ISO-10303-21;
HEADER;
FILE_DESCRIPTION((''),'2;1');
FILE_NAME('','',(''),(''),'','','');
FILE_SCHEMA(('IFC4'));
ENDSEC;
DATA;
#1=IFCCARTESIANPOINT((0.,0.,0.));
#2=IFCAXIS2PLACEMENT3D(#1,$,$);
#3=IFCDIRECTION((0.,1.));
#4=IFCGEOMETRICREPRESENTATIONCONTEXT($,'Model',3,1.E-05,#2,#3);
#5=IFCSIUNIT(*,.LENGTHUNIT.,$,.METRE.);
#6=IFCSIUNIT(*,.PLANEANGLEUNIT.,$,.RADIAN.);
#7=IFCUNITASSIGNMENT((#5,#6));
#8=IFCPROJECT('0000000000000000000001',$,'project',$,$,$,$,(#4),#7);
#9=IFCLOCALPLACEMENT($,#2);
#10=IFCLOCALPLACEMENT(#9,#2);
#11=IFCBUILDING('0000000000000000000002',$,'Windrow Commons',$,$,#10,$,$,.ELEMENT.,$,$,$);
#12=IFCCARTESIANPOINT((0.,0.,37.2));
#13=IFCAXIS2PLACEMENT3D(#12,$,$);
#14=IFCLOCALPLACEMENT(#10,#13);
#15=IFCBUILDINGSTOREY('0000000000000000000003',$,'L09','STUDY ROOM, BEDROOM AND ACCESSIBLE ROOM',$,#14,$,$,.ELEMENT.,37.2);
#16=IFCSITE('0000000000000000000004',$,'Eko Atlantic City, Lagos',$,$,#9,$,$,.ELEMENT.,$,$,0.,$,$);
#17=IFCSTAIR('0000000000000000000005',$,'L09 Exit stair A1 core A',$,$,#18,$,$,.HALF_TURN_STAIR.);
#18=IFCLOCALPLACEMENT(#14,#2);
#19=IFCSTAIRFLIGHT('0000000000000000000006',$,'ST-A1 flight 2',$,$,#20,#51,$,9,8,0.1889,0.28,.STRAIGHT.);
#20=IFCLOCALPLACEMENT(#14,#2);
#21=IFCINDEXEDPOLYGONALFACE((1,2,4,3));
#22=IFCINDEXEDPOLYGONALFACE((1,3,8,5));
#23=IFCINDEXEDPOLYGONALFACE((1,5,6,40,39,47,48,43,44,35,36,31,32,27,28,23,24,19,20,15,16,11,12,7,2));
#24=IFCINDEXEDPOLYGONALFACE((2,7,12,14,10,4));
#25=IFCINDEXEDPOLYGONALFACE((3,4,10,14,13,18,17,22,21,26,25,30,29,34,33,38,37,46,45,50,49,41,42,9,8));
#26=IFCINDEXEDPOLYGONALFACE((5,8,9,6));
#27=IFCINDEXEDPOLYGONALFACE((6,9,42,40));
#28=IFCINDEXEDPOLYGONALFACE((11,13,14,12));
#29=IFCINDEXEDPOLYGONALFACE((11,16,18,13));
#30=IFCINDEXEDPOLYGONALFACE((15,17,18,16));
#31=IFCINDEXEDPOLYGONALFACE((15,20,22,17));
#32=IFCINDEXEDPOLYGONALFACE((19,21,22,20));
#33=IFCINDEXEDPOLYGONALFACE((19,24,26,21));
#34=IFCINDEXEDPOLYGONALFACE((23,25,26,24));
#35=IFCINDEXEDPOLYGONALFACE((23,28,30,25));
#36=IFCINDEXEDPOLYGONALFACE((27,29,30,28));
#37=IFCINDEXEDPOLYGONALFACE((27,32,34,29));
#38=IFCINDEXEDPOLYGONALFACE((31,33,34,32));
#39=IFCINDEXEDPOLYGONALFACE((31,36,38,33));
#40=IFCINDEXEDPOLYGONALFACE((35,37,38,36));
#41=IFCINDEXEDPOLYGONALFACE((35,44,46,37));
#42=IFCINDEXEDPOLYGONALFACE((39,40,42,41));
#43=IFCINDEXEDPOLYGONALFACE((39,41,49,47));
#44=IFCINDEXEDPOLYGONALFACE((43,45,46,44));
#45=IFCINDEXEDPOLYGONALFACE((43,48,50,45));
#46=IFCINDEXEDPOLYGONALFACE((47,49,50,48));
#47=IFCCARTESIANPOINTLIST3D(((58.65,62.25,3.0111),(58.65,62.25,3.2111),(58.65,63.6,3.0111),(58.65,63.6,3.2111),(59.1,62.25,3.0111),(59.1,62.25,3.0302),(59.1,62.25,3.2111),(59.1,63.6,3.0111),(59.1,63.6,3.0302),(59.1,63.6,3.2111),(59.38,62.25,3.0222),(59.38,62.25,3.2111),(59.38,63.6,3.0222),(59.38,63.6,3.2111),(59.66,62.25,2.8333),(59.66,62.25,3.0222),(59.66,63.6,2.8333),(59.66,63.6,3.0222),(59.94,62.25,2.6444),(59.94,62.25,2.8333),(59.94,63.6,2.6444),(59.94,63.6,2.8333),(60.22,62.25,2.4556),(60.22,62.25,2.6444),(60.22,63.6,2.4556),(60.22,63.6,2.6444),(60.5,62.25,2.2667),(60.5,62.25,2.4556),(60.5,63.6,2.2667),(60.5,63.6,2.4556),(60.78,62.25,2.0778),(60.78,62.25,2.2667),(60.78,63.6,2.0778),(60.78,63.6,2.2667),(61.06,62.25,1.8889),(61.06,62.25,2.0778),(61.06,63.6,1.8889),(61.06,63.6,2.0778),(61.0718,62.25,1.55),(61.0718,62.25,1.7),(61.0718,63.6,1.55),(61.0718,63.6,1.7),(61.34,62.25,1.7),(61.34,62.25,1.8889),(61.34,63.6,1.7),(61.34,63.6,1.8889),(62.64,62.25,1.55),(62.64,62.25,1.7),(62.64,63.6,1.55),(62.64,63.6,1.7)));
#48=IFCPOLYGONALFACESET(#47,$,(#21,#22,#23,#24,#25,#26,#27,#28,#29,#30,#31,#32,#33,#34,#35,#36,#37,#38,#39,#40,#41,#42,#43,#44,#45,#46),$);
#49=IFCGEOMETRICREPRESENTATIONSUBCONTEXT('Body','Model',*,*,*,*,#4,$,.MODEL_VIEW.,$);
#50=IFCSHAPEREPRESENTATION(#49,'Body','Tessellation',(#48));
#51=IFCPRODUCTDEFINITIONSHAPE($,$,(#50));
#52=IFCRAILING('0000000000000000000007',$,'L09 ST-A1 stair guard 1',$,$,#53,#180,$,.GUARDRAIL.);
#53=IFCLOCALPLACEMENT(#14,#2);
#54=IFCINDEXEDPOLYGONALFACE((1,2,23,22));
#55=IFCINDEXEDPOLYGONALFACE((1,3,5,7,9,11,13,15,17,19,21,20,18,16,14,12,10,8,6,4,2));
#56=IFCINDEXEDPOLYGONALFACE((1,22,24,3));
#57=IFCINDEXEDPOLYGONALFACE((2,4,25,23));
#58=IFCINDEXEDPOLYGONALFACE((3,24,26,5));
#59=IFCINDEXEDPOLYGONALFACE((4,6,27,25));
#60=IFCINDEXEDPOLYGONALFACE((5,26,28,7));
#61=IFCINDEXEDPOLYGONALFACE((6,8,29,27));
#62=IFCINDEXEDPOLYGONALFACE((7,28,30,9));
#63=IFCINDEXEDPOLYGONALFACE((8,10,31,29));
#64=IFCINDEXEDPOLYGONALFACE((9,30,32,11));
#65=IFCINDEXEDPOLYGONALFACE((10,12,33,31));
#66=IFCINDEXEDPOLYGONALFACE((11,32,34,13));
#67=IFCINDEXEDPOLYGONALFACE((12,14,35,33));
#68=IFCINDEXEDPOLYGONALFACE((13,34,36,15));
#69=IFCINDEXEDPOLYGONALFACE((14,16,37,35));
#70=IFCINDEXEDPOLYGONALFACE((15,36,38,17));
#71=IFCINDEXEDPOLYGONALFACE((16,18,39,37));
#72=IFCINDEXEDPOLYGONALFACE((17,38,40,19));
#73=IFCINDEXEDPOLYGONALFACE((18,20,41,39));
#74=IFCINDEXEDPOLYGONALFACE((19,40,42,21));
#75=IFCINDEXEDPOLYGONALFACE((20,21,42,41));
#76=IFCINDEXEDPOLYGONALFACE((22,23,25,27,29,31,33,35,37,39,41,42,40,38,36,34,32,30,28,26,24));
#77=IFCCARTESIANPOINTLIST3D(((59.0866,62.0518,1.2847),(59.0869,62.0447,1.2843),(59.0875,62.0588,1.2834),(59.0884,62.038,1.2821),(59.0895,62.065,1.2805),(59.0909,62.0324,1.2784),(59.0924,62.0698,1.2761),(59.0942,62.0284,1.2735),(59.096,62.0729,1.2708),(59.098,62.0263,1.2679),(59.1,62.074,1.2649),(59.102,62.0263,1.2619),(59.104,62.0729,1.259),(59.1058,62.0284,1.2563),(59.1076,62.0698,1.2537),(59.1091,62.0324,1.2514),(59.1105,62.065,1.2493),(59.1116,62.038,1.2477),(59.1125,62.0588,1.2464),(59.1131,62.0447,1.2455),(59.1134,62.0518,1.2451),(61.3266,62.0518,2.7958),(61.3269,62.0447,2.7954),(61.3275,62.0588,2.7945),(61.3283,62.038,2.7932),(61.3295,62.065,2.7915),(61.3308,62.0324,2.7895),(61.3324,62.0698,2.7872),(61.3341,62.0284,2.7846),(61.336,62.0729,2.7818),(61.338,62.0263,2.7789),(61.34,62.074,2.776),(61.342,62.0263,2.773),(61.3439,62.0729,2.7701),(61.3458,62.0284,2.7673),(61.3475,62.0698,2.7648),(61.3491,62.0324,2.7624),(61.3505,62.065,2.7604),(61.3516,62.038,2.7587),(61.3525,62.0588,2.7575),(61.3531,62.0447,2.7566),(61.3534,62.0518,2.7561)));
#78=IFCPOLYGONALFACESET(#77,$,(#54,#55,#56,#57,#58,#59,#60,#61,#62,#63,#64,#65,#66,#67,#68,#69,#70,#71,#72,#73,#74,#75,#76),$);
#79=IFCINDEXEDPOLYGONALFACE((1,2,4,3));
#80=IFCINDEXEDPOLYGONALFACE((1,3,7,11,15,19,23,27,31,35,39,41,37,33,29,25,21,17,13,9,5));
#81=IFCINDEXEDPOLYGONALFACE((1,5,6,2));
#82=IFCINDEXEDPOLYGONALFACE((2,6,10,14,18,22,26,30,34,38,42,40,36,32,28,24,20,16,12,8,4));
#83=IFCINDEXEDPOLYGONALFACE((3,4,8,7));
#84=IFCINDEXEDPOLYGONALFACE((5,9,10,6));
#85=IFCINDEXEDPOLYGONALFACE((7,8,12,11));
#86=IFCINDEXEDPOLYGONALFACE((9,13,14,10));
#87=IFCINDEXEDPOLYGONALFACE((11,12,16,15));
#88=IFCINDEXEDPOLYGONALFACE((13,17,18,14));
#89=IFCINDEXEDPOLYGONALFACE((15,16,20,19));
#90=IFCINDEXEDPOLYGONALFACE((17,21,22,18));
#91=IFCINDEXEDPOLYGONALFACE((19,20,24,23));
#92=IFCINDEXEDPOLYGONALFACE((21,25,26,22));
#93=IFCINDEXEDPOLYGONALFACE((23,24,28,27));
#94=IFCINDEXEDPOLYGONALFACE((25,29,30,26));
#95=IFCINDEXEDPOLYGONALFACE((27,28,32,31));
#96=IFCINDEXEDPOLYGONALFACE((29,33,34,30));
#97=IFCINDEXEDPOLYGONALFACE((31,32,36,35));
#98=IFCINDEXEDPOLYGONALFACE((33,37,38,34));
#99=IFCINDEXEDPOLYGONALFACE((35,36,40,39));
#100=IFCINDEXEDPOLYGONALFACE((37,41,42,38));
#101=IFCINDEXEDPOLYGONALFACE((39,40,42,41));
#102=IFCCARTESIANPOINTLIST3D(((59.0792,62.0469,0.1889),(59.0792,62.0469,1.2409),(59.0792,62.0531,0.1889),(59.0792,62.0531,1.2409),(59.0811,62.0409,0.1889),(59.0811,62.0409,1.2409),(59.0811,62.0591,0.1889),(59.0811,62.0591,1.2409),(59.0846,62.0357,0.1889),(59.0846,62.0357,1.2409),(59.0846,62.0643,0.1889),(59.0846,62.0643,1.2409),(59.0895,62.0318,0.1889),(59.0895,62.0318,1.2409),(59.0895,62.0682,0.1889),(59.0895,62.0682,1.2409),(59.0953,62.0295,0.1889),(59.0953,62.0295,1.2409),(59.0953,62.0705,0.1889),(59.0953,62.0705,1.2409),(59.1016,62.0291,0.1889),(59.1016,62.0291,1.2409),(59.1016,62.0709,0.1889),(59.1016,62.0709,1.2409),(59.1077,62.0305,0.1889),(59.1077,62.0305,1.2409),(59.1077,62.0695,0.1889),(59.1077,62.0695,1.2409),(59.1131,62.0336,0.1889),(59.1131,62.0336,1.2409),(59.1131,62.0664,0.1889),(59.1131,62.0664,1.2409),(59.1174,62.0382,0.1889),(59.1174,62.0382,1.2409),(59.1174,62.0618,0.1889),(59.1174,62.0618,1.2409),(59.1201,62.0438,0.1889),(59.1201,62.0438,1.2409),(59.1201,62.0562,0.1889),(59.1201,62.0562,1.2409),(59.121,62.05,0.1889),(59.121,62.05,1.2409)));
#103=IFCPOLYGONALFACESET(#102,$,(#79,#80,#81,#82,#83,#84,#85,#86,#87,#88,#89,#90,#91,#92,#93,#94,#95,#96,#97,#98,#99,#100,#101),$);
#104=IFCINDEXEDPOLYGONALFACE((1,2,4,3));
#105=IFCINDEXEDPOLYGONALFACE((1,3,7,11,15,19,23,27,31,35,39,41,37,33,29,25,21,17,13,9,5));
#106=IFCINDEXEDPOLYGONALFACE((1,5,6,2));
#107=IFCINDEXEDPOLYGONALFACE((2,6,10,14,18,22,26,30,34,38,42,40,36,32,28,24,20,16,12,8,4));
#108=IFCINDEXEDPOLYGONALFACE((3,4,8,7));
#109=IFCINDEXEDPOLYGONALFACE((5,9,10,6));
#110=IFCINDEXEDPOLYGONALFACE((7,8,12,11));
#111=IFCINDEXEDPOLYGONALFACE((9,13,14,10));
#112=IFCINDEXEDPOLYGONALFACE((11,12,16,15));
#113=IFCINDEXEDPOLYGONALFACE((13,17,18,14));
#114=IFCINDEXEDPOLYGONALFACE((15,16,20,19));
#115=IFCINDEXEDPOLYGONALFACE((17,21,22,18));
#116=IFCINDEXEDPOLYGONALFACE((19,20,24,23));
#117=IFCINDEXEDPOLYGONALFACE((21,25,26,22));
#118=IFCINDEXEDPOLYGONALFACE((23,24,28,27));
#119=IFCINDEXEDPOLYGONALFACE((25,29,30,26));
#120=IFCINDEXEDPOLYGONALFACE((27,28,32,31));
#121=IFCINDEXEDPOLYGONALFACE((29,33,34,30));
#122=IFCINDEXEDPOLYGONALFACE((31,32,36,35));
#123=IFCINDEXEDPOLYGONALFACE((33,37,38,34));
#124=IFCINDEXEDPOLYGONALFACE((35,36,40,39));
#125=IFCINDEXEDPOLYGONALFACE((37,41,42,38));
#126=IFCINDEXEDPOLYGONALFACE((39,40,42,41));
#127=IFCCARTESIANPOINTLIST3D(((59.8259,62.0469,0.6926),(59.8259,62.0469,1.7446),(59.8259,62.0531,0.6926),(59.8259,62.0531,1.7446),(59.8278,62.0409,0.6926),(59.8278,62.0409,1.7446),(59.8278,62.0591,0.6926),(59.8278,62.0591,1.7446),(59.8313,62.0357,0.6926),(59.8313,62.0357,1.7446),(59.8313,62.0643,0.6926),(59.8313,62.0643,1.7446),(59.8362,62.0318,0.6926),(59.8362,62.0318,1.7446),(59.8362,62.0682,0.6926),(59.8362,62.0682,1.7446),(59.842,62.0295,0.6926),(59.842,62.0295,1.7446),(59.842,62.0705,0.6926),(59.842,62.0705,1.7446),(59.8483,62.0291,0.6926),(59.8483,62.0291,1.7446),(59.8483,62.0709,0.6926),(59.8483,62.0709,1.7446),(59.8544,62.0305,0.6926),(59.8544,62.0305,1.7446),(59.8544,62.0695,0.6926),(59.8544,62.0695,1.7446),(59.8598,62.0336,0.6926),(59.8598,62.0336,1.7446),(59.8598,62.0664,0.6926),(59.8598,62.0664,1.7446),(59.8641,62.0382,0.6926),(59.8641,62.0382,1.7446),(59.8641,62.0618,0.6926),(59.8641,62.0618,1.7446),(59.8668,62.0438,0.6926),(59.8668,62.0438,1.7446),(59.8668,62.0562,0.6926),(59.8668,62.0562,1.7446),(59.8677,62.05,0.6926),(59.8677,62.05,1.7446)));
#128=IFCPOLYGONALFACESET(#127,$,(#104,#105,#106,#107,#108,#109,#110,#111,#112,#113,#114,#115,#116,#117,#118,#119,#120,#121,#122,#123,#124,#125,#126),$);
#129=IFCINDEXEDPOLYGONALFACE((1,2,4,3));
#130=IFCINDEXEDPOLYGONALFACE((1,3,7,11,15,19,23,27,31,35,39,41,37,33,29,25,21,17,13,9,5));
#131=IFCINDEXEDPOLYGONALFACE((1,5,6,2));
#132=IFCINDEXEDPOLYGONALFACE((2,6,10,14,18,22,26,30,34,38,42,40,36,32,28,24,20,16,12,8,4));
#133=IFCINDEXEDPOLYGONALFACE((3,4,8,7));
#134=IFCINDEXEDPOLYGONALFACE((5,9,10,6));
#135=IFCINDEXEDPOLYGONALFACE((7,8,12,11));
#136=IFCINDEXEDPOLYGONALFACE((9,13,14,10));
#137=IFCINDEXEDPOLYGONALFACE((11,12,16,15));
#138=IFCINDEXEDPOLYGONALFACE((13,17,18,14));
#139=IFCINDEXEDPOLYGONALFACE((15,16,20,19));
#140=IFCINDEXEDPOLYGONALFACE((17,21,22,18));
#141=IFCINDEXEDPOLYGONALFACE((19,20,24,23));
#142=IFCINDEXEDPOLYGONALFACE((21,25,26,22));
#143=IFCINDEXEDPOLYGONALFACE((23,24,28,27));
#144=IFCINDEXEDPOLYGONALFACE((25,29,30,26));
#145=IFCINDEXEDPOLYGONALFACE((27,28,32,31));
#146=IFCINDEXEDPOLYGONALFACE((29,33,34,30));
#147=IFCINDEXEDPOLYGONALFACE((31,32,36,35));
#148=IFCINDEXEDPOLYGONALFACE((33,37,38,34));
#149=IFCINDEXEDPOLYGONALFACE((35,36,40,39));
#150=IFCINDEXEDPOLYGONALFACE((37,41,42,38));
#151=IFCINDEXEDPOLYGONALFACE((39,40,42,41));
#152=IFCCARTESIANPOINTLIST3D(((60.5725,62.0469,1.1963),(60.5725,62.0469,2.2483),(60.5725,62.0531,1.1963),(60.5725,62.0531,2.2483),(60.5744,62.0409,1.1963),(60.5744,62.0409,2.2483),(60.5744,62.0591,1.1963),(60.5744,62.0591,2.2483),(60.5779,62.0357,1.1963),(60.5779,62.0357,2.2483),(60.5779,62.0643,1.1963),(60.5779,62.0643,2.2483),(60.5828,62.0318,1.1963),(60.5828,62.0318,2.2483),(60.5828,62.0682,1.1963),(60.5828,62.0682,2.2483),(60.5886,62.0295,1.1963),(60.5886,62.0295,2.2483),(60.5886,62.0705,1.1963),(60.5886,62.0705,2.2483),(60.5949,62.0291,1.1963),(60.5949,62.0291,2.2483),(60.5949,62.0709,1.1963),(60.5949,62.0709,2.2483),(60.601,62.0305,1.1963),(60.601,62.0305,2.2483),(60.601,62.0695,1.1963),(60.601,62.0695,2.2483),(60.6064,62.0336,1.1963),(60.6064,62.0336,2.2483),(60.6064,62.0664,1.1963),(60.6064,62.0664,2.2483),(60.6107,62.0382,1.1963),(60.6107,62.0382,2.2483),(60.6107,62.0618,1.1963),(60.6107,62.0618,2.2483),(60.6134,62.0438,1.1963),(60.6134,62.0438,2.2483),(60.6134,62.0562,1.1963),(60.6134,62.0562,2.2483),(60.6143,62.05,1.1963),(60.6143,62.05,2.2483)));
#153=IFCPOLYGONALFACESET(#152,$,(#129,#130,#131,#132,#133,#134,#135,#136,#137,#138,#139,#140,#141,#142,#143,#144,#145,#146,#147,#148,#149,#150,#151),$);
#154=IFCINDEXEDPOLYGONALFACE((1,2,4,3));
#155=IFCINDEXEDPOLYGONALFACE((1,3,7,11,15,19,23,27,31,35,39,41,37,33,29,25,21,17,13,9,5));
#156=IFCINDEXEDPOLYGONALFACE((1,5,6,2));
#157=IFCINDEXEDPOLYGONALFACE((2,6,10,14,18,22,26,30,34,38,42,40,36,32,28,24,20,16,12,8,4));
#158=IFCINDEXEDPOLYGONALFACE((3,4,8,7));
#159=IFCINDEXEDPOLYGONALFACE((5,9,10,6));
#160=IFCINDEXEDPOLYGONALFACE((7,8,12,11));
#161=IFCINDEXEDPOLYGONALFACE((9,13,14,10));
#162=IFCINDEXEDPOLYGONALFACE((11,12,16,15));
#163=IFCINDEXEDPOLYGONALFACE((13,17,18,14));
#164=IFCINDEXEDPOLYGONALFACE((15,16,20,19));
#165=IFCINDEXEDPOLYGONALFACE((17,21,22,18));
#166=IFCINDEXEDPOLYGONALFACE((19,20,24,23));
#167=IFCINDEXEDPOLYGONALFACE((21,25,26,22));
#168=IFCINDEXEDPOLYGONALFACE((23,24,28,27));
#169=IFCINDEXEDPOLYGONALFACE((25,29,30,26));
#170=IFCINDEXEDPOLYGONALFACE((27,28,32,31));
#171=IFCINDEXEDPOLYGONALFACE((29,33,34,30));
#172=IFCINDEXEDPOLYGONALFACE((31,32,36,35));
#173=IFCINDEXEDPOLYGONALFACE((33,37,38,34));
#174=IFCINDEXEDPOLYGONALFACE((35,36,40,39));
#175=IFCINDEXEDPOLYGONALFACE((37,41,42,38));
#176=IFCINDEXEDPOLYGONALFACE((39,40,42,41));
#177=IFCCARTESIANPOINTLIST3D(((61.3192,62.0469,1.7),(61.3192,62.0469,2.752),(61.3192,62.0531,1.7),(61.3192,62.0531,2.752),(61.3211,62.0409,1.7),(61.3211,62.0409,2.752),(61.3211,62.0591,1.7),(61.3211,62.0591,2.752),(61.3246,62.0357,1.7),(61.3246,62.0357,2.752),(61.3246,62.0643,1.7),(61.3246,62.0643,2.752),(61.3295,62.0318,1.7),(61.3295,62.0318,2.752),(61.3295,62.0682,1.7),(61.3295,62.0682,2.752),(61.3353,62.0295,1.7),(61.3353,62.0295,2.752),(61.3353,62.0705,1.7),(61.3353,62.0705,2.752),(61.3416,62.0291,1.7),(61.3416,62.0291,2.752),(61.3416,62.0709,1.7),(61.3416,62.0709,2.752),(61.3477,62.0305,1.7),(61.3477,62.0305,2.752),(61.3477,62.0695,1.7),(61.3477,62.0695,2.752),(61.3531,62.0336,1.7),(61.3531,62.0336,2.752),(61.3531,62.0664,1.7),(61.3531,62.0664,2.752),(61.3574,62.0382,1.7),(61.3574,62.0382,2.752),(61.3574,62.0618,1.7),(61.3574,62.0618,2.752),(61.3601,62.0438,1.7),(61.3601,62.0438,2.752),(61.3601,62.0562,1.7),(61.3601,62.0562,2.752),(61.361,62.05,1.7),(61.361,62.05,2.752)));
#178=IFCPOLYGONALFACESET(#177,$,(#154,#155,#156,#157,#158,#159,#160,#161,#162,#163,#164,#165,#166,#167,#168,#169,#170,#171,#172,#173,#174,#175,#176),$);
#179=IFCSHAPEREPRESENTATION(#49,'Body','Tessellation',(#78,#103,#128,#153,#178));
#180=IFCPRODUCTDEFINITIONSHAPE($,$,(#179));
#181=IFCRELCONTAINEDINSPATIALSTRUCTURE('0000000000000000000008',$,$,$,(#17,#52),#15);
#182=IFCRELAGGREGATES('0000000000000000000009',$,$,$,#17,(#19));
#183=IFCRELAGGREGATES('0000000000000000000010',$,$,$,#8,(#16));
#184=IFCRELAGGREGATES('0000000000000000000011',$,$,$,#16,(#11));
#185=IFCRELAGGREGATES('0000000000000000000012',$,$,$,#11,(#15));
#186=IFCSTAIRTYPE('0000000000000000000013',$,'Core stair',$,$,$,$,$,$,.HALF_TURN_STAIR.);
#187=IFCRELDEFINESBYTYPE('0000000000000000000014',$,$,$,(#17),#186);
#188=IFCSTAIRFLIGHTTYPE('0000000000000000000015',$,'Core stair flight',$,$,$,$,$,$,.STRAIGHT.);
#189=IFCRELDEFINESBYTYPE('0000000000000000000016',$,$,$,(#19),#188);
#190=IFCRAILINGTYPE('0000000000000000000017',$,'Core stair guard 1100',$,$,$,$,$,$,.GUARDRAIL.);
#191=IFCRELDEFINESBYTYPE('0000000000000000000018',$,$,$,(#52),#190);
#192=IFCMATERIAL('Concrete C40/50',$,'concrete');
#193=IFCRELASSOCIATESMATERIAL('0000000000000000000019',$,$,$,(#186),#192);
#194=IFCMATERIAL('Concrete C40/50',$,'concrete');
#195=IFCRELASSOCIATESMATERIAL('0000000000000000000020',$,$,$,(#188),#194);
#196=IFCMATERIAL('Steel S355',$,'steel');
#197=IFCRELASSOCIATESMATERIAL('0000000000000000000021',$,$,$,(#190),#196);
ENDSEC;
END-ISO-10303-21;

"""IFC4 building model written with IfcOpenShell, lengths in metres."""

from ifc_helpers import new_model, si_unit, direction, frame, origin, origin_2d, place, context, subcontext, project, spatial, polyline, circle, outline, extrude, material, type_object, element, aggregate, save


model = new_model("IFC4")

# Units and contexts
model_context = context("Model", 3, precision=1e-05, world=origin(), true_north=direction((0.0, 1.0)))
body_context = subcontext(model_context, "Body", "Model", "MODEL_VIEW")
ifc_project = project(units=[si_unit("LENGTHUNIT", "METRE"), si_unit("PLANEANGLEUNIT", "RADIAN")], contexts=[model_context])

# Site, building, storey
site_placement = place(None, origin())
site = spatial("IfcSite", under=ifc_project, at=site_placement, Name="Eko Atlantic City, Lagos", CompositionType="ELEMENT", RefElevation=0.0)
building_placement = place(site_placement, origin())
building = spatial("IfcBuilding", under=site, at=building_placement, Name="Windrow Commons", CompositionType="ELEMENT")
storey_placement = place(building_placement, frame((0.0, 0.0, 37.2)))
storey = spatial("IfcBuildingStorey", under=building, at=storey_placement, Name="L09", Description="STUDY ROOM, BEDROOM AND ACCESSIBLE ROOM", CompositionType="ELEMENT", Elevation=37.2)

# Stair, stair flight
ifc_material_1 = material(Name="Concrete C40/50", Category="concrete")
stair_type = type_object("IfcStairType", Name="Core stair", PredefinedType="HALF_TURN_STAIR", material=ifc_material_1)
stair_placement = place(storey_placement, origin())
stair = element("IfcStair", 1, at=stair_placement, inside=storey, type_object=stair_type, Name="L09 Exit stair A1 core A", PredefinedType="HALF_TURN_STAIR")
ifc_material_2 = material(Name="Concrete C40/50", Category="concrete")
stair_flight_type = type_object("IfcStairFlightType", Name="Core stair flight", PredefinedType="STRAIGHT", material=ifc_material_2)
stair_flight_1_placement = place(storey_placement, frame((61.34, 62.925, 1.7), z_axis=(0.0, 0.0, 1.0), x_axis=(-1.0, 0.0, 0.0)))
stair_flight_1 = element("IfcStairFlight", 2, at=stair_flight_1_placement, type_object=stair_flight_type, Name="ST-A1 flight 2", NumberOfRisers=9, NumberOfTreads=8, PredefinedType="STRAIGHT", RiserHeight=0.1889, TreadLength=0.28, context=body_context, shape_type="SweptSolid", body=[
    extrude(outline(polyline([(-1.3, -0.15), (-1.3, 0.0), (0.0, 0.0), (0.0, 0.1889), (0.28, 0.1889), (0.28, 0.3778), (0.56, 0.3778), (0.56, 0.5667), (0.84, 0.5667), (0.84, 0.7556), (1.12, 0.7556), (1.12, 0.9444), (1.4, 0.9444), (1.4, 1.1333), (1.68, 1.1333), (1.68, 1.3222), (1.96, 1.3222), (1.96, 1.5111), (2.24, 1.5111), (2.69, 1.5111), (2.69, 1.3111), (2.24, 1.3111), (2.24, 1.3302), (0.2682, 0.0), (0.2682, -0.15), (-1.3, -0.15)])), frame((0.0, 0.675, 0.0), z_axis=(0.0, -1.0, 0.0), x_axis=(1.0, 0.0, 0.0)), (0.0, 0.0, 1.0), 1.35),
])
aggregate(stair, [stair_flight_1])

# Railing
ifc_material_3 = material(Name="Steel S355", Category="steel")
railing_type_1 = type_object("IfcRailingType", Name="Core stair guard 1100", PredefinedType="GUARDRAIL", material=ifc_material_3)
railing_1_placement = place(storey_placement, frame((59.1, 62.05, 0.1889)))
element("IfcRailing", 3, at=railing_1_placement, inside=storey, type_object=railing_type_1, Name="L09 ST-A1 stair guard 1", PredefinedType="GUARDRAIL", context=body_context, shape_type="SweptSolid", body=[
    extrude(circle(Radius=0.024, at=origin_2d()), frame((0.0, 0.0, 1.076), z_axis=(0.829003, 0.0, 0.559244), x_axis=(0.0, 1.0, 0.0)), (0.0, 0.0, 1.0), 2.702),
    extrude(circle(Radius=0.021, at=origin_2d()), origin(), (0.0, 0.0, 1.0), 1.052),
    extrude(circle(Radius=0.021, at=origin_2d()), frame((0.7467, 0.0, 0.5037)), (0.0, 0.0, 1.0), 1.052),
    extrude(circle(Radius=0.021, at=origin_2d()), frame((1.4933, 0.0, 1.0074)), (0.0, 0.0, 1.0), 1.052),
    extrude(circle(Radius=0.021, at=origin_2d()), frame((2.24, 0.0, 1.5111)), (0.0, 0.0, 1.0), 1.052),
])

save(model, "model.ifc")
